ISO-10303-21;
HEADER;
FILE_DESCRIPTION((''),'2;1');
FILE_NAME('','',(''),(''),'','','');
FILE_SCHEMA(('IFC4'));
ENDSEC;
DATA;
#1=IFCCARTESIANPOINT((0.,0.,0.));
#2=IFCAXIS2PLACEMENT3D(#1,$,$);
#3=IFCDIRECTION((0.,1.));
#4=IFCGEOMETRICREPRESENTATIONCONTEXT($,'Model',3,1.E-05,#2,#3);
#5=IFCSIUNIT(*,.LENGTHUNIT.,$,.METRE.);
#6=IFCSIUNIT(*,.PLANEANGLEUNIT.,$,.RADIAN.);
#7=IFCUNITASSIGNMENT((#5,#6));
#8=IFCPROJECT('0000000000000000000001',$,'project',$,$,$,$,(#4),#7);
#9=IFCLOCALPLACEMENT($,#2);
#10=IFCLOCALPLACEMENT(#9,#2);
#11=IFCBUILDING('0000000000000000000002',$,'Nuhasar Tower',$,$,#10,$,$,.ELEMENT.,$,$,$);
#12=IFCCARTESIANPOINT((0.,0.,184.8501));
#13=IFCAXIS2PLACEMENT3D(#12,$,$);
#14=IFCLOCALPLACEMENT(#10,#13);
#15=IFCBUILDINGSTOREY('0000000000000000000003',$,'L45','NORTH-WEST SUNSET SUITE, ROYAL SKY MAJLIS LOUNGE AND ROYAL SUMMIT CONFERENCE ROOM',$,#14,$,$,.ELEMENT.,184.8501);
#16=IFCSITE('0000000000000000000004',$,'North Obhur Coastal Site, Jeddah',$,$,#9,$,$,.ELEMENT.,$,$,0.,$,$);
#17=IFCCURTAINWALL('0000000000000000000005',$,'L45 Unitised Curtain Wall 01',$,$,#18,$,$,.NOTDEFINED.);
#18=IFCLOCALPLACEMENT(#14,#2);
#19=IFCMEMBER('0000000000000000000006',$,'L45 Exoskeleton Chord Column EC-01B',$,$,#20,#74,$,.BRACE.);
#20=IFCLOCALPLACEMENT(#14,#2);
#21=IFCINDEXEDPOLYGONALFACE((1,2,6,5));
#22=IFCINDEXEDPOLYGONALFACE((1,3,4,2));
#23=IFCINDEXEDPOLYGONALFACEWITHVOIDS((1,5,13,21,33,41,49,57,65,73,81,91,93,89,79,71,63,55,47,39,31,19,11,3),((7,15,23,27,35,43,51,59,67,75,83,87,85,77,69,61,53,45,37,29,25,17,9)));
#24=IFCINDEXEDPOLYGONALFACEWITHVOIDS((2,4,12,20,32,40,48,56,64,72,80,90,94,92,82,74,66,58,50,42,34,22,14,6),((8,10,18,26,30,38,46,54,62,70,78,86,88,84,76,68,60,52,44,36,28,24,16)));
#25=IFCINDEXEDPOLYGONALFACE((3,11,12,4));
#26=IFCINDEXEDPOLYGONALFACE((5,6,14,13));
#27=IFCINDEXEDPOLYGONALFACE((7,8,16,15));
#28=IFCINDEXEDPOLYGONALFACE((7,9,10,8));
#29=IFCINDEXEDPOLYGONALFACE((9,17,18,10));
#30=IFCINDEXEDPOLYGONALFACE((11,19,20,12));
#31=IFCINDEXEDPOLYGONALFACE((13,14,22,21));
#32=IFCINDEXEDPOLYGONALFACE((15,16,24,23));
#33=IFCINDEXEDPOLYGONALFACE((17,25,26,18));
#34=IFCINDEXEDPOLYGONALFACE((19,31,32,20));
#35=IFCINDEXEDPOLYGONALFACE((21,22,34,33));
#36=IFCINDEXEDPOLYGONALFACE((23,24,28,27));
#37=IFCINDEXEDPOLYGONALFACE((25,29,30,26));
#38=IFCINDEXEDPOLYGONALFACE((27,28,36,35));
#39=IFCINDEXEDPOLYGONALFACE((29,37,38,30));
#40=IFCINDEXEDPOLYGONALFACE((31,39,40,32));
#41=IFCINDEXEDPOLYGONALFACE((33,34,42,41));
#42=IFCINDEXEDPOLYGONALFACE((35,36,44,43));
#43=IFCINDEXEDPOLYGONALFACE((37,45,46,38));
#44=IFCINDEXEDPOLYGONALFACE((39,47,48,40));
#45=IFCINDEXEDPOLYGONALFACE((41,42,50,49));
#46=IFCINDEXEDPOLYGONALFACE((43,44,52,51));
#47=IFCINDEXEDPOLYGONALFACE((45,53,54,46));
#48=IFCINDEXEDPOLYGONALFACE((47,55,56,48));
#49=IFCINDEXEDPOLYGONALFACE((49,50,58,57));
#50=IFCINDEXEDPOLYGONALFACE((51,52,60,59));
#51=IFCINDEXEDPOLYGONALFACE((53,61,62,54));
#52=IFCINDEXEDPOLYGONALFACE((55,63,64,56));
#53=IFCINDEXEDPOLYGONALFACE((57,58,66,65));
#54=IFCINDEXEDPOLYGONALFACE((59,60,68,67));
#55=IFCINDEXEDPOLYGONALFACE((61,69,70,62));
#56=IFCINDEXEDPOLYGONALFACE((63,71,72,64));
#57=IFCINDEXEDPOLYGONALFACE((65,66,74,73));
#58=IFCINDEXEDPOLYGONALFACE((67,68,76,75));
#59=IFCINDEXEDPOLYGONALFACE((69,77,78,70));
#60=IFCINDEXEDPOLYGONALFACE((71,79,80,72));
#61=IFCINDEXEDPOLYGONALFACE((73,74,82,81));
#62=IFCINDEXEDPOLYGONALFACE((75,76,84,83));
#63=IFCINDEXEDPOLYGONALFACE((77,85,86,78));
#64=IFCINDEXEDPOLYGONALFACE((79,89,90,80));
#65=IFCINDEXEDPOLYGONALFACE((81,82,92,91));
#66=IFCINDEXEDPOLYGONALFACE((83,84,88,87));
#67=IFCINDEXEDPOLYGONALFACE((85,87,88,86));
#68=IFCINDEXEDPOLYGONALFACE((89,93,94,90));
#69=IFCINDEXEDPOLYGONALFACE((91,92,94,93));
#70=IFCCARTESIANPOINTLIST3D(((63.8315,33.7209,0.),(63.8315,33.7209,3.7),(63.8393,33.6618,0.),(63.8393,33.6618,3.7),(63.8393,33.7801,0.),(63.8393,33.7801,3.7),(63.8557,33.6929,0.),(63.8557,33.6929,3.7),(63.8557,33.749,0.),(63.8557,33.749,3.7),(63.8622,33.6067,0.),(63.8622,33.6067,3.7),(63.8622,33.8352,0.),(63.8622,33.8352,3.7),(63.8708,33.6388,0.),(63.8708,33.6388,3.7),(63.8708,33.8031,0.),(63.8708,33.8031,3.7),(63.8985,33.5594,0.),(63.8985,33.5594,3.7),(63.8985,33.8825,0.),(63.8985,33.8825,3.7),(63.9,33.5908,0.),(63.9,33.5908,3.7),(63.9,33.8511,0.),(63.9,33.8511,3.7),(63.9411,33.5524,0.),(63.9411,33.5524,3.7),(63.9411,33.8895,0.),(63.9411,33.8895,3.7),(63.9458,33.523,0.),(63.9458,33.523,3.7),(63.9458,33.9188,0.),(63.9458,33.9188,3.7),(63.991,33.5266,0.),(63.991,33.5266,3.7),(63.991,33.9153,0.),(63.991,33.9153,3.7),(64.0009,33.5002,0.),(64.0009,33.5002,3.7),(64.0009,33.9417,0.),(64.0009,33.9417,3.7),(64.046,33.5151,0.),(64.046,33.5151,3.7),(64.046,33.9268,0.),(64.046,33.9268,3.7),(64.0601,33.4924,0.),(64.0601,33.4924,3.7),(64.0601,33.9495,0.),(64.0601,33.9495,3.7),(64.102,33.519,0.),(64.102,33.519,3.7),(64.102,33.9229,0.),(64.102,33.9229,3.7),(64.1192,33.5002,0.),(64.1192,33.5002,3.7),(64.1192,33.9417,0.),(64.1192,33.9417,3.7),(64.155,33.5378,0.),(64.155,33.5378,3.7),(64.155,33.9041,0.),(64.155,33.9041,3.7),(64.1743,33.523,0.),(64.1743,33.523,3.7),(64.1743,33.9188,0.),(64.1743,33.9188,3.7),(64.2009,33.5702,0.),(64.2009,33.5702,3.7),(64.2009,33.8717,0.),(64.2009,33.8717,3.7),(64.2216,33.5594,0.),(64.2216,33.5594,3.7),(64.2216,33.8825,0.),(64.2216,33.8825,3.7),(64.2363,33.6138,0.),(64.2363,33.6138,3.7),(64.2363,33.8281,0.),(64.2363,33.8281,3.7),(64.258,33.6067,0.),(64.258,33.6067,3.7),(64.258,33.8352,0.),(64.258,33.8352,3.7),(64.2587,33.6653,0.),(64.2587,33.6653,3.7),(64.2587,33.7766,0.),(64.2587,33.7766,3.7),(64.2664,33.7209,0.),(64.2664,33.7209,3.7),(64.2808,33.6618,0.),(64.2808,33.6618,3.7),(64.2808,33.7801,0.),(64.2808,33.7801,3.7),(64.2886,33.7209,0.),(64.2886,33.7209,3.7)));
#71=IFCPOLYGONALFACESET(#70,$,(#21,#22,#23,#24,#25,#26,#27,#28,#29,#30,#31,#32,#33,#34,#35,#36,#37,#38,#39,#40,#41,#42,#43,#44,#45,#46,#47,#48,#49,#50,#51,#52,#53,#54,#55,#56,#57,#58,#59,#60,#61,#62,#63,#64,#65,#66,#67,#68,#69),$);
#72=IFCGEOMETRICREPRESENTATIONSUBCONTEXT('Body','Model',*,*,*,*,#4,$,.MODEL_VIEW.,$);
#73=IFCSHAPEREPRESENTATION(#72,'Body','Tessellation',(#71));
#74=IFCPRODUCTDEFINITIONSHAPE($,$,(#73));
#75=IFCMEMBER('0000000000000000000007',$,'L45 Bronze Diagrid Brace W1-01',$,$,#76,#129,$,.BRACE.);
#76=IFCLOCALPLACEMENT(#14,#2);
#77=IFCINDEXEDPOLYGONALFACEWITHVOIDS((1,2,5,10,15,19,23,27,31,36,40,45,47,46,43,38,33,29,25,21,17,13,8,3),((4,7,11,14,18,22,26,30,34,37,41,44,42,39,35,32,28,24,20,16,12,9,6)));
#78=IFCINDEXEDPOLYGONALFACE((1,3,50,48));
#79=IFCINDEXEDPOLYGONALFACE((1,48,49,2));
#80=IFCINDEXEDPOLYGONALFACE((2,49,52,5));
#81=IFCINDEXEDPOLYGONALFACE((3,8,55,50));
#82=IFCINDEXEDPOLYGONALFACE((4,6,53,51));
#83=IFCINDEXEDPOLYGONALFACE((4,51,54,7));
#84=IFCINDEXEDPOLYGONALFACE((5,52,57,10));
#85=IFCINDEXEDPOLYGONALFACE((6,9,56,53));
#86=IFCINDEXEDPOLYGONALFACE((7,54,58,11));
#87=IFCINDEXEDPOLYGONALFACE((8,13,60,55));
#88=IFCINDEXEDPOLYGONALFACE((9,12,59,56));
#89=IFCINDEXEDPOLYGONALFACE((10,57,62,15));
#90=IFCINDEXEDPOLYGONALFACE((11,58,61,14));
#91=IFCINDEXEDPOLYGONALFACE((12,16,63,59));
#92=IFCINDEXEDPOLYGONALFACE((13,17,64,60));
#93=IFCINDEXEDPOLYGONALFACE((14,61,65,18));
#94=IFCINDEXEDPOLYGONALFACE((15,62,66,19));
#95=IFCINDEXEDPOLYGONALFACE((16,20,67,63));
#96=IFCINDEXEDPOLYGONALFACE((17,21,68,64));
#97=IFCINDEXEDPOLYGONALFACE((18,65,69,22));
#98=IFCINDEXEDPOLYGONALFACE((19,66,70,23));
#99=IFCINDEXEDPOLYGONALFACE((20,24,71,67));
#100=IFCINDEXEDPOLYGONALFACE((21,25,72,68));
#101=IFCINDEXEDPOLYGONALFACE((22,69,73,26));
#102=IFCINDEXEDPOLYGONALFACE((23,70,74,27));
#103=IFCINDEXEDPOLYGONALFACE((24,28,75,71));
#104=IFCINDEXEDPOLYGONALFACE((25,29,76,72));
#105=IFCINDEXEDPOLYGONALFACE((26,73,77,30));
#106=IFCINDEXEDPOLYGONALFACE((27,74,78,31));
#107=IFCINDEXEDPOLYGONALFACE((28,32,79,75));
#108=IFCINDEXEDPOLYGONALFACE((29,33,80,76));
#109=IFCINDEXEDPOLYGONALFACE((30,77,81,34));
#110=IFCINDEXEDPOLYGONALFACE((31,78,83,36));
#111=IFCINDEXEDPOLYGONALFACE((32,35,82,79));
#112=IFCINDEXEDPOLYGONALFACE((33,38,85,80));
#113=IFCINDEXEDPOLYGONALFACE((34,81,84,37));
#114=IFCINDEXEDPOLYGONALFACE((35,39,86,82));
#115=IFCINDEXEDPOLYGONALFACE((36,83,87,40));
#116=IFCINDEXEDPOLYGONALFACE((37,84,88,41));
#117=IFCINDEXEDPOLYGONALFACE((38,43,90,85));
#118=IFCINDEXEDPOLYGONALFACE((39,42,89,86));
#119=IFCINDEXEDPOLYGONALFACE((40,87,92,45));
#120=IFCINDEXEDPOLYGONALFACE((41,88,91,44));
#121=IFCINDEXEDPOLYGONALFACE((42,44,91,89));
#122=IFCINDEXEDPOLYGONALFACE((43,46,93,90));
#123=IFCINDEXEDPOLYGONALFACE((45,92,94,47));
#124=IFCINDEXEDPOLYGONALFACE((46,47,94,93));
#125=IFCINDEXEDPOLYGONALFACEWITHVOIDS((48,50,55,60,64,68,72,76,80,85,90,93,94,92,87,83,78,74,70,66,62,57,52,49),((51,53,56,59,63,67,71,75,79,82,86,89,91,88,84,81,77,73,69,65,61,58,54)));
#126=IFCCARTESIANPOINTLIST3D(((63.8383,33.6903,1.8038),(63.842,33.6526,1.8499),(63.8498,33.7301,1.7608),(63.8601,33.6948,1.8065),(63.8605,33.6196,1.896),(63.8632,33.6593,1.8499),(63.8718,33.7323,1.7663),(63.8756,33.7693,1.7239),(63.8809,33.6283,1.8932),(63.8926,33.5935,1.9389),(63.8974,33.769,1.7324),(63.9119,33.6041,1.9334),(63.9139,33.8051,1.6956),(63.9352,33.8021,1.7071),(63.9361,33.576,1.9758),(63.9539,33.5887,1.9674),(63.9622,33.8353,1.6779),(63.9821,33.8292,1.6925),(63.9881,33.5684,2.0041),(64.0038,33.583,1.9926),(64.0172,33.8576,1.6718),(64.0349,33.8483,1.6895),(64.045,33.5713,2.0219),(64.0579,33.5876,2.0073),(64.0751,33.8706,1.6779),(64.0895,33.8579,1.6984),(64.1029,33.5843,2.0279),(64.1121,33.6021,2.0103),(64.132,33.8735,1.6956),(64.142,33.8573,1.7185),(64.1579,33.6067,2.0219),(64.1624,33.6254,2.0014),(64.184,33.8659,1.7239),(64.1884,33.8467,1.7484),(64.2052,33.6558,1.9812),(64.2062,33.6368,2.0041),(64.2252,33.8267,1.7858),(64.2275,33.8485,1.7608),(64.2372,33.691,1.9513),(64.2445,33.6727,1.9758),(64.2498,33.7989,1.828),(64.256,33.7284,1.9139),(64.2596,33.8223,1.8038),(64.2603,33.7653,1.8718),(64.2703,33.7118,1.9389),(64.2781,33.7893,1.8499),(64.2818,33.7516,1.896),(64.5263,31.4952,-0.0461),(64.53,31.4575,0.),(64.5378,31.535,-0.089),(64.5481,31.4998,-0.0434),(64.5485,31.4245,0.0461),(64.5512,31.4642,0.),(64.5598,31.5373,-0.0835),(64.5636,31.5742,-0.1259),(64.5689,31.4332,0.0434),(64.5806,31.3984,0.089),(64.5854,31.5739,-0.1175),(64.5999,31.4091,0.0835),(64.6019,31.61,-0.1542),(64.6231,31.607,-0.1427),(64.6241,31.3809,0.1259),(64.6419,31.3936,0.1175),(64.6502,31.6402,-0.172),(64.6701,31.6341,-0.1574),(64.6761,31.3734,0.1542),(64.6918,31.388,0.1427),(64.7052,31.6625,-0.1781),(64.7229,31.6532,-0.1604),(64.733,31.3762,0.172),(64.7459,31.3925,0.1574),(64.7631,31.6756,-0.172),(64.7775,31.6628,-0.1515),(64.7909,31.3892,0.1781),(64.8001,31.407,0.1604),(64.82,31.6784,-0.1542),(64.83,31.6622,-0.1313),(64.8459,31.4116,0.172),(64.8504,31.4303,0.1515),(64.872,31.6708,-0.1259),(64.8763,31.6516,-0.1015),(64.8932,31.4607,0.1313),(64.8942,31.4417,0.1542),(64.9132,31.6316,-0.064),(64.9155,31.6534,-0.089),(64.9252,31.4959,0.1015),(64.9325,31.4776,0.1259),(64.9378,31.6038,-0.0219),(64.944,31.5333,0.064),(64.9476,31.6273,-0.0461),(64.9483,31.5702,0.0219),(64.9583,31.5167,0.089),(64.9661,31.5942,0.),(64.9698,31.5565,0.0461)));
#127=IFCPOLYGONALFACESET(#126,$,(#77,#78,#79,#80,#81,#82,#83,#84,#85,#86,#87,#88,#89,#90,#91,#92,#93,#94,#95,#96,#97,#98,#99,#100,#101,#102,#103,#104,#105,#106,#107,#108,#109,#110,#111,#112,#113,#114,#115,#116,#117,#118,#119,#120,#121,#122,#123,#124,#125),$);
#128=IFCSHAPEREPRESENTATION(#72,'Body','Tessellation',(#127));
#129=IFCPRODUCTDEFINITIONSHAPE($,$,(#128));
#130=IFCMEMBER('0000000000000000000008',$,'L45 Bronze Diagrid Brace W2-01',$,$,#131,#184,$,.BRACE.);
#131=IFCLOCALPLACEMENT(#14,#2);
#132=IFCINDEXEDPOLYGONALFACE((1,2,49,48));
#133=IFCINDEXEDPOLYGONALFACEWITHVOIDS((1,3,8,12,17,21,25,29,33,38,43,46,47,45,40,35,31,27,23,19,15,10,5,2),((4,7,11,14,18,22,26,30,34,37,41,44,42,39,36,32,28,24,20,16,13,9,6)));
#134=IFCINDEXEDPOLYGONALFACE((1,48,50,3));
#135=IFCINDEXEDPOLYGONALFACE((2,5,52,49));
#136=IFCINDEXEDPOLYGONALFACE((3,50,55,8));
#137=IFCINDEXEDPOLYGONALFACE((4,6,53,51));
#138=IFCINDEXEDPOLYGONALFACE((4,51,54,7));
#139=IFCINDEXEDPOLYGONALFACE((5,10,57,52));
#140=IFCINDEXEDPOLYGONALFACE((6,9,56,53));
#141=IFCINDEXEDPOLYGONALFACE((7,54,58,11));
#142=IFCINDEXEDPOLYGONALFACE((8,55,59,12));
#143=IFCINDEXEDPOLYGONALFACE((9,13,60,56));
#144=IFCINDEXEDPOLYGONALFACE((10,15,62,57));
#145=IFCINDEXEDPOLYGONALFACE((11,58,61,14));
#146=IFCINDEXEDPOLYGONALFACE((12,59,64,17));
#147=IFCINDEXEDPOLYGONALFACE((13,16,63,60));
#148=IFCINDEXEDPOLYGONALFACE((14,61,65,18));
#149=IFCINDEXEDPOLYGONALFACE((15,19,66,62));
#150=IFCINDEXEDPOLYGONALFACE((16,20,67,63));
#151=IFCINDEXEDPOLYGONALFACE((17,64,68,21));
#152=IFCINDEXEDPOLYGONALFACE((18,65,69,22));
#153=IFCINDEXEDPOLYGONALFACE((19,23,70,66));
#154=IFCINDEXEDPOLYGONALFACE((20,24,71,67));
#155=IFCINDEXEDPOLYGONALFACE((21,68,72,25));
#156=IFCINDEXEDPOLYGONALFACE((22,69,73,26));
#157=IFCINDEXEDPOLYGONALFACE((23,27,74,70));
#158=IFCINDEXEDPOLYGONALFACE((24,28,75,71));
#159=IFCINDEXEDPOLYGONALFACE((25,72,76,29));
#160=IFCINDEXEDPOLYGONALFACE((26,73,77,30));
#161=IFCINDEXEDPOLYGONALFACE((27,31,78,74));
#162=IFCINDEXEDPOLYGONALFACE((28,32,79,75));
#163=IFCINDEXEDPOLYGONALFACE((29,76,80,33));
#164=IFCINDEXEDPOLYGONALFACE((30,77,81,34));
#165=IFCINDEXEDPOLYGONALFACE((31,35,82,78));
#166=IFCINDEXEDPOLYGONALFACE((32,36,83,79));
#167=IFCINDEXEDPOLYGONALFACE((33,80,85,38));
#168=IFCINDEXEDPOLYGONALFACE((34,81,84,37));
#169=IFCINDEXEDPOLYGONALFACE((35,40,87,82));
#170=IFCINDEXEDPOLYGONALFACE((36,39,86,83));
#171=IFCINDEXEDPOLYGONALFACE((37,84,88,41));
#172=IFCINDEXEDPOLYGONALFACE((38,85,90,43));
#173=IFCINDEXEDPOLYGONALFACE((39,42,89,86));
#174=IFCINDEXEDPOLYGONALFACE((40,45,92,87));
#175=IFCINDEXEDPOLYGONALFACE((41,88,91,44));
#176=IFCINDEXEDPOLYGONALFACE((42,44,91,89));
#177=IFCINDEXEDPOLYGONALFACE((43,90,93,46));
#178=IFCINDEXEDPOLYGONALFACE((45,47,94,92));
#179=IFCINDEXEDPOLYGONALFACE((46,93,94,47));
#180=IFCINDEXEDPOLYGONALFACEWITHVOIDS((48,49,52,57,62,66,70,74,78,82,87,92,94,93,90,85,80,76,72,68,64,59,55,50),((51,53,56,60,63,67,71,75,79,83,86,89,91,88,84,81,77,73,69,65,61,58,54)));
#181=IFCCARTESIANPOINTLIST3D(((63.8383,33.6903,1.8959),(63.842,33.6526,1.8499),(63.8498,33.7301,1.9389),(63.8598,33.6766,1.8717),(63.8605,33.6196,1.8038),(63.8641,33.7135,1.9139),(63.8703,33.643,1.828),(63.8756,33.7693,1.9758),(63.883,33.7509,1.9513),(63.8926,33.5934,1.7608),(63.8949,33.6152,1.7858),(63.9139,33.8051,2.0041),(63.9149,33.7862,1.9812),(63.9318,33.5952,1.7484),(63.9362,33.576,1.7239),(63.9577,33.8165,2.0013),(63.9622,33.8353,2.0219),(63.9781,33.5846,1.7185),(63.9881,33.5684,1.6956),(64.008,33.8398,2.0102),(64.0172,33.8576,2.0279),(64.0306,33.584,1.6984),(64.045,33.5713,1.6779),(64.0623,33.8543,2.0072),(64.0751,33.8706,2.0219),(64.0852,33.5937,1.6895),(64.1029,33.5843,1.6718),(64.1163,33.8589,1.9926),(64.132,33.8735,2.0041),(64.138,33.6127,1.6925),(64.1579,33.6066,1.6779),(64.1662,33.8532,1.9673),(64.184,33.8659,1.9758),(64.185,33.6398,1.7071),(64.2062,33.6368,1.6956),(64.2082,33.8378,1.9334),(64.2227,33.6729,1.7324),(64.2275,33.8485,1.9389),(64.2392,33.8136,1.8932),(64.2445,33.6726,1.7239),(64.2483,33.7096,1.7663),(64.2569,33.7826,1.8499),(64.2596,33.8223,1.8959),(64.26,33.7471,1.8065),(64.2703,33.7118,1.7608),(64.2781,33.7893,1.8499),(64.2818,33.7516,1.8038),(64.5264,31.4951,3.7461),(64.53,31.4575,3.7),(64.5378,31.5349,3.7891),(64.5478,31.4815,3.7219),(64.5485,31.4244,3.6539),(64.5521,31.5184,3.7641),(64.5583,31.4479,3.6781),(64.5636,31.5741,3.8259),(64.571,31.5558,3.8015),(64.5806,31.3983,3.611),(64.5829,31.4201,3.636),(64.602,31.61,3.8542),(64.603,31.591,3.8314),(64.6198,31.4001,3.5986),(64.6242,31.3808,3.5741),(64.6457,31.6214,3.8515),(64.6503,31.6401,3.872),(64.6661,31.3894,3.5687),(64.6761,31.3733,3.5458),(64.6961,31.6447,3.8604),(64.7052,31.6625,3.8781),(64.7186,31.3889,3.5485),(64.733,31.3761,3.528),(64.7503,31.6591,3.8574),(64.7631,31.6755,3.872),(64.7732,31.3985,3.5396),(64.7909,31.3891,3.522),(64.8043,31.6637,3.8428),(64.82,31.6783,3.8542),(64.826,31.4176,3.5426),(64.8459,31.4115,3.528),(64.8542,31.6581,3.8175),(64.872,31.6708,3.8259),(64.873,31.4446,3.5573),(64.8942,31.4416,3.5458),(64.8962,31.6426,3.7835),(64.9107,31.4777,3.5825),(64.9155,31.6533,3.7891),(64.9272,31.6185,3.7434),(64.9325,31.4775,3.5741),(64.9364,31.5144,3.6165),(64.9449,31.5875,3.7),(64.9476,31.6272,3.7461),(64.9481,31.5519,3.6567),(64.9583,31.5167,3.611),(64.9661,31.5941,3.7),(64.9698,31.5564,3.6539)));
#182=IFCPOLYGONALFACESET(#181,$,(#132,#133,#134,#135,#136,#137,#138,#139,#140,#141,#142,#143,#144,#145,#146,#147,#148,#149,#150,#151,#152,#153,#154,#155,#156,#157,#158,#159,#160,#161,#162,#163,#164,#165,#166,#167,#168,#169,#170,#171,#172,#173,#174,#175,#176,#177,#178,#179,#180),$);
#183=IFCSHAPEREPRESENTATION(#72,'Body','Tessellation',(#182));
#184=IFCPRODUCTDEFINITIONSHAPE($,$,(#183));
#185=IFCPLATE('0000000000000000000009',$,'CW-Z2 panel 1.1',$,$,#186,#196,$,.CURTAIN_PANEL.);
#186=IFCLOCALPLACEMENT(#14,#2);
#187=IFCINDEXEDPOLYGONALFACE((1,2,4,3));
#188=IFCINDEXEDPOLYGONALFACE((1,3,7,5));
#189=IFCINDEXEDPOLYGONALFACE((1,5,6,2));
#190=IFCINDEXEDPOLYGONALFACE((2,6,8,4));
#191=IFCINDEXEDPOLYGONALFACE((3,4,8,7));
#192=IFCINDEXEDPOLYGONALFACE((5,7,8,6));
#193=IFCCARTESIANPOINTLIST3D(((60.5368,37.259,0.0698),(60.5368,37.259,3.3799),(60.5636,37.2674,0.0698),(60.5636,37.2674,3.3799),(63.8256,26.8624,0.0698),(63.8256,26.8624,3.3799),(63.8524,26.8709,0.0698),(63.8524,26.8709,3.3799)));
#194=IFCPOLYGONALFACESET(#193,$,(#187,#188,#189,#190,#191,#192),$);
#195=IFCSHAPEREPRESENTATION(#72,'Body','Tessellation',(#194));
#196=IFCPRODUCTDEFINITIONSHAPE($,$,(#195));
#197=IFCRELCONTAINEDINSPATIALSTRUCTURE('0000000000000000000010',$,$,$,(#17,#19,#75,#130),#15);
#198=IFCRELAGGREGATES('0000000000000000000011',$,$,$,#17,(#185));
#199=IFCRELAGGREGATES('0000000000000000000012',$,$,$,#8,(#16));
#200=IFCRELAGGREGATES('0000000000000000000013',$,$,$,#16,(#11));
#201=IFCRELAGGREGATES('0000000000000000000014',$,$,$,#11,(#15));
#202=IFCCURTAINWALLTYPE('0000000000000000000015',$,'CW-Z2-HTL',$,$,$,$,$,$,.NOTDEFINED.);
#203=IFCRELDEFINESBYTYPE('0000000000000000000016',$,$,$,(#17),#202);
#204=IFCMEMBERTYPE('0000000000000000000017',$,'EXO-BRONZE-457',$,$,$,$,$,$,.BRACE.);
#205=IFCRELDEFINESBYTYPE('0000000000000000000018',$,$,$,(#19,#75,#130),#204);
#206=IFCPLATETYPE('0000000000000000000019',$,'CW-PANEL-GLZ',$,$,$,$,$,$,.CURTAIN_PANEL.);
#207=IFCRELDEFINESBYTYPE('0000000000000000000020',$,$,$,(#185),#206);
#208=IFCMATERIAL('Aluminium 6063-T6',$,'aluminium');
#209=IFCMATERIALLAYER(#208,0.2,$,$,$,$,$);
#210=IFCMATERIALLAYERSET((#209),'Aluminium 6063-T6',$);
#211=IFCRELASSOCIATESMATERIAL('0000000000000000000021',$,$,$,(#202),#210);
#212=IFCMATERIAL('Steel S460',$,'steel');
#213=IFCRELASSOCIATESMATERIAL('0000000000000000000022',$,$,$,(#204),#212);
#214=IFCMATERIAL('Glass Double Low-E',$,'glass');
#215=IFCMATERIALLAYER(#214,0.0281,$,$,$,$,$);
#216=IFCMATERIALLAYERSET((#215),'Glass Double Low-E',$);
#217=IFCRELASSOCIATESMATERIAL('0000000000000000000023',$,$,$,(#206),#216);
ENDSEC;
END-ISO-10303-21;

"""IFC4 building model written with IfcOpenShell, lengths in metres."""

from ifc_helpers import new_model, si_unit, direction, frame, origin, origin_2d, place, context, subcontext, project, spatial, rectangle, hollow_circle, extrude, material, layer, layer_set, material_profile, profile_set, type_object, element, aggregate, save


model = new_model("IFC4")

# Units and contexts
model_context = context("Model", 3, precision=1e-05, world=origin(), true_north=direction((0.0, 1.0)))
body_context = subcontext(model_context, "Body", "Model", "MODEL_VIEW")
ifc_project = project(units=[si_unit("LENGTHUNIT", "METRE"), si_unit("PLANEANGLEUNIT", "RADIAN")], contexts=[model_context])

# Site, building, storey
site_placement = place(None, origin())
site = spatial("IfcSite", under=ifc_project, at=site_placement, Name="North Obhur Coastal Site, Jeddah", CompositionType="ELEMENT", RefElevation=0.0)
building_placement = place(site_placement, origin())
building = spatial("IfcBuilding", under=site, at=building_placement, Name="Nuhasar Tower", CompositionType="ELEMENT")
storey_placement = place(building_placement, frame((0.0, 0.0, 184.8501)))
storey = spatial("IfcBuildingStorey", under=building, at=storey_placement, Name="L45", Description="NORTH-WEST SUNSET SUITE, ROYAL SKY MAJLIS LOUNGE AND ROYAL SUMMIT CONFERENCE ROOM", CompositionType="ELEMENT", Elevation=184.8501)

# Curtain wall
ifc_material_1 = material(Name="Aluminium 6063-T6", Category="aluminium")
ifc_layer_1 = layer(ifc_material_1, 0.2)
ifc_layer_set_1 = layer_set([ifc_layer_1], Name="Aluminium 6063-T6")
curtain_wall_type = type_object("IfcCurtainWallType", Name="CW-Z2-HTL", PredefinedType="NOTDEFINED", material=ifc_layer_set_1)
curtain_wall_1_placement = place(storey_placement, origin())
curtain_wall_1 = element("IfcCurtainWall", 1, at=curtain_wall_1_placement, inside=storey, type_object=curtain_wall_type, Name="L45 Unitised Curtain Wall 01", PredefinedType="NOTDEFINED")

# Members
ifc_material_2 = material(Name="Steel S460", Category="steel")
ifc_material_profile_1 = material_profile(ifc_material_2, hollow_circle(Radius=0.2285, WallThickness=0.0222, at=origin_2d()), Name="HSS457X22.2")
ifc_profile_set_1 = profile_set([ifc_material_profile_1], Name="Steel S460")
member_type_1 = type_object("IfcMemberType", Name="EXO-BRONZE-457", PredefinedType="BRACE", material=ifc_profile_set_1)
for number, where, z_axis, x_axis, name in (
    (2, (64.0601, 33.7209, 0.0), (0.0, 0.0, 1.0), (1.0, 0.0, 0.0), "L45 Exoskeleton Chord Column EC-01B"),
):
    element("IfcMember", number, at=place(storey_placement, frame(where, z_axis=z_axis, x_axis=x_axis)), inside=storey, type_object=member_type_1, Name=name, PredefinedType="BRACE", context=body_context, shape_type="SweptSolid", body=[
        extrude(hollow_circle(Radius=0.2285, WallThickness=0.0222, at=origin_2d()), origin(), (0.0, 0.0, 1.0), 3.7),
    ])
member_1_placement = place(storey_placement, frame((64.748, 31.5259, 0.0), z_axis=(-0.233068, 0.743616, 0.626669), x_axis=(-0.954228, -0.299079, 0.0)))
element("IfcMember", 3, at=member_1_placement, inside=storey, type_object=member_type_1, Name="L45 Bronze Diagrid Brace W1-01", PredefinedType="BRACE", context=body_context, shape_type="SweptSolid", body=[
    extrude(hollow_circle(Radius=0.2285, WallThickness=0.0222, at=origin_2d()), origin(), (0.0, 0.0, 1.0), 2.9519),
])
member_2_placement = place(storey_placement, frame((64.0601, 33.7209, 1.8499), z_axis=(0.233056, -0.743578, 0.626719), x_axis=(0.954228, 0.299079, 0.0)))
element("IfcMember", 4, at=member_2_placement, inside=storey, type_object=member_type_1, Name="L45 Bronze Diagrid Brace W2-01", PredefinedType="BRACE", context=body_context, shape_type="SweptSolid", body=[
    extrude(hollow_circle(Radius=0.2285, WallThickness=0.0222, at=origin_2d()), origin(), (0.0, 0.0, 1.0), 2.9521),
])

# Plate
ifc_material_3 = material(Name="Glass Double Low-E", Category="glass")
ifc_layer_2 = layer(ifc_material_3, 0.0281)
ifc_layer_set_2 = layer_set([ifc_layer_2], Name="Glass Double Low-E")
plate_type = type_object("IfcPlateType", Name="CW-PANEL-GLZ", PredefinedType="CURTAIN_PANEL", material=ifc_layer_set_2)
plate_placement = place(storey_placement, frame((62.1946, 32.0649, 0.0698), z_axis=(0.0, 0.0, 1.0), x_axis=(-0.301604, 0.953433, 0.0)))
plate = element("IfcPlate", 5, at=plate_placement, type_object=plate_type, Name="CW-Z2 panel 1.1", PredefinedType="CURTAIN_PANEL", context=body_context, shape_type="SweptSolid", body=[
    extrude(rectangle(XDim=10.9043, YDim=0.0281, at=origin_2d()), origin(), (0.0, 0.0, 1.0), 3.3101),
])
aggregate(curtain_wall_1, [plate])

save(model, "model.ifc")
